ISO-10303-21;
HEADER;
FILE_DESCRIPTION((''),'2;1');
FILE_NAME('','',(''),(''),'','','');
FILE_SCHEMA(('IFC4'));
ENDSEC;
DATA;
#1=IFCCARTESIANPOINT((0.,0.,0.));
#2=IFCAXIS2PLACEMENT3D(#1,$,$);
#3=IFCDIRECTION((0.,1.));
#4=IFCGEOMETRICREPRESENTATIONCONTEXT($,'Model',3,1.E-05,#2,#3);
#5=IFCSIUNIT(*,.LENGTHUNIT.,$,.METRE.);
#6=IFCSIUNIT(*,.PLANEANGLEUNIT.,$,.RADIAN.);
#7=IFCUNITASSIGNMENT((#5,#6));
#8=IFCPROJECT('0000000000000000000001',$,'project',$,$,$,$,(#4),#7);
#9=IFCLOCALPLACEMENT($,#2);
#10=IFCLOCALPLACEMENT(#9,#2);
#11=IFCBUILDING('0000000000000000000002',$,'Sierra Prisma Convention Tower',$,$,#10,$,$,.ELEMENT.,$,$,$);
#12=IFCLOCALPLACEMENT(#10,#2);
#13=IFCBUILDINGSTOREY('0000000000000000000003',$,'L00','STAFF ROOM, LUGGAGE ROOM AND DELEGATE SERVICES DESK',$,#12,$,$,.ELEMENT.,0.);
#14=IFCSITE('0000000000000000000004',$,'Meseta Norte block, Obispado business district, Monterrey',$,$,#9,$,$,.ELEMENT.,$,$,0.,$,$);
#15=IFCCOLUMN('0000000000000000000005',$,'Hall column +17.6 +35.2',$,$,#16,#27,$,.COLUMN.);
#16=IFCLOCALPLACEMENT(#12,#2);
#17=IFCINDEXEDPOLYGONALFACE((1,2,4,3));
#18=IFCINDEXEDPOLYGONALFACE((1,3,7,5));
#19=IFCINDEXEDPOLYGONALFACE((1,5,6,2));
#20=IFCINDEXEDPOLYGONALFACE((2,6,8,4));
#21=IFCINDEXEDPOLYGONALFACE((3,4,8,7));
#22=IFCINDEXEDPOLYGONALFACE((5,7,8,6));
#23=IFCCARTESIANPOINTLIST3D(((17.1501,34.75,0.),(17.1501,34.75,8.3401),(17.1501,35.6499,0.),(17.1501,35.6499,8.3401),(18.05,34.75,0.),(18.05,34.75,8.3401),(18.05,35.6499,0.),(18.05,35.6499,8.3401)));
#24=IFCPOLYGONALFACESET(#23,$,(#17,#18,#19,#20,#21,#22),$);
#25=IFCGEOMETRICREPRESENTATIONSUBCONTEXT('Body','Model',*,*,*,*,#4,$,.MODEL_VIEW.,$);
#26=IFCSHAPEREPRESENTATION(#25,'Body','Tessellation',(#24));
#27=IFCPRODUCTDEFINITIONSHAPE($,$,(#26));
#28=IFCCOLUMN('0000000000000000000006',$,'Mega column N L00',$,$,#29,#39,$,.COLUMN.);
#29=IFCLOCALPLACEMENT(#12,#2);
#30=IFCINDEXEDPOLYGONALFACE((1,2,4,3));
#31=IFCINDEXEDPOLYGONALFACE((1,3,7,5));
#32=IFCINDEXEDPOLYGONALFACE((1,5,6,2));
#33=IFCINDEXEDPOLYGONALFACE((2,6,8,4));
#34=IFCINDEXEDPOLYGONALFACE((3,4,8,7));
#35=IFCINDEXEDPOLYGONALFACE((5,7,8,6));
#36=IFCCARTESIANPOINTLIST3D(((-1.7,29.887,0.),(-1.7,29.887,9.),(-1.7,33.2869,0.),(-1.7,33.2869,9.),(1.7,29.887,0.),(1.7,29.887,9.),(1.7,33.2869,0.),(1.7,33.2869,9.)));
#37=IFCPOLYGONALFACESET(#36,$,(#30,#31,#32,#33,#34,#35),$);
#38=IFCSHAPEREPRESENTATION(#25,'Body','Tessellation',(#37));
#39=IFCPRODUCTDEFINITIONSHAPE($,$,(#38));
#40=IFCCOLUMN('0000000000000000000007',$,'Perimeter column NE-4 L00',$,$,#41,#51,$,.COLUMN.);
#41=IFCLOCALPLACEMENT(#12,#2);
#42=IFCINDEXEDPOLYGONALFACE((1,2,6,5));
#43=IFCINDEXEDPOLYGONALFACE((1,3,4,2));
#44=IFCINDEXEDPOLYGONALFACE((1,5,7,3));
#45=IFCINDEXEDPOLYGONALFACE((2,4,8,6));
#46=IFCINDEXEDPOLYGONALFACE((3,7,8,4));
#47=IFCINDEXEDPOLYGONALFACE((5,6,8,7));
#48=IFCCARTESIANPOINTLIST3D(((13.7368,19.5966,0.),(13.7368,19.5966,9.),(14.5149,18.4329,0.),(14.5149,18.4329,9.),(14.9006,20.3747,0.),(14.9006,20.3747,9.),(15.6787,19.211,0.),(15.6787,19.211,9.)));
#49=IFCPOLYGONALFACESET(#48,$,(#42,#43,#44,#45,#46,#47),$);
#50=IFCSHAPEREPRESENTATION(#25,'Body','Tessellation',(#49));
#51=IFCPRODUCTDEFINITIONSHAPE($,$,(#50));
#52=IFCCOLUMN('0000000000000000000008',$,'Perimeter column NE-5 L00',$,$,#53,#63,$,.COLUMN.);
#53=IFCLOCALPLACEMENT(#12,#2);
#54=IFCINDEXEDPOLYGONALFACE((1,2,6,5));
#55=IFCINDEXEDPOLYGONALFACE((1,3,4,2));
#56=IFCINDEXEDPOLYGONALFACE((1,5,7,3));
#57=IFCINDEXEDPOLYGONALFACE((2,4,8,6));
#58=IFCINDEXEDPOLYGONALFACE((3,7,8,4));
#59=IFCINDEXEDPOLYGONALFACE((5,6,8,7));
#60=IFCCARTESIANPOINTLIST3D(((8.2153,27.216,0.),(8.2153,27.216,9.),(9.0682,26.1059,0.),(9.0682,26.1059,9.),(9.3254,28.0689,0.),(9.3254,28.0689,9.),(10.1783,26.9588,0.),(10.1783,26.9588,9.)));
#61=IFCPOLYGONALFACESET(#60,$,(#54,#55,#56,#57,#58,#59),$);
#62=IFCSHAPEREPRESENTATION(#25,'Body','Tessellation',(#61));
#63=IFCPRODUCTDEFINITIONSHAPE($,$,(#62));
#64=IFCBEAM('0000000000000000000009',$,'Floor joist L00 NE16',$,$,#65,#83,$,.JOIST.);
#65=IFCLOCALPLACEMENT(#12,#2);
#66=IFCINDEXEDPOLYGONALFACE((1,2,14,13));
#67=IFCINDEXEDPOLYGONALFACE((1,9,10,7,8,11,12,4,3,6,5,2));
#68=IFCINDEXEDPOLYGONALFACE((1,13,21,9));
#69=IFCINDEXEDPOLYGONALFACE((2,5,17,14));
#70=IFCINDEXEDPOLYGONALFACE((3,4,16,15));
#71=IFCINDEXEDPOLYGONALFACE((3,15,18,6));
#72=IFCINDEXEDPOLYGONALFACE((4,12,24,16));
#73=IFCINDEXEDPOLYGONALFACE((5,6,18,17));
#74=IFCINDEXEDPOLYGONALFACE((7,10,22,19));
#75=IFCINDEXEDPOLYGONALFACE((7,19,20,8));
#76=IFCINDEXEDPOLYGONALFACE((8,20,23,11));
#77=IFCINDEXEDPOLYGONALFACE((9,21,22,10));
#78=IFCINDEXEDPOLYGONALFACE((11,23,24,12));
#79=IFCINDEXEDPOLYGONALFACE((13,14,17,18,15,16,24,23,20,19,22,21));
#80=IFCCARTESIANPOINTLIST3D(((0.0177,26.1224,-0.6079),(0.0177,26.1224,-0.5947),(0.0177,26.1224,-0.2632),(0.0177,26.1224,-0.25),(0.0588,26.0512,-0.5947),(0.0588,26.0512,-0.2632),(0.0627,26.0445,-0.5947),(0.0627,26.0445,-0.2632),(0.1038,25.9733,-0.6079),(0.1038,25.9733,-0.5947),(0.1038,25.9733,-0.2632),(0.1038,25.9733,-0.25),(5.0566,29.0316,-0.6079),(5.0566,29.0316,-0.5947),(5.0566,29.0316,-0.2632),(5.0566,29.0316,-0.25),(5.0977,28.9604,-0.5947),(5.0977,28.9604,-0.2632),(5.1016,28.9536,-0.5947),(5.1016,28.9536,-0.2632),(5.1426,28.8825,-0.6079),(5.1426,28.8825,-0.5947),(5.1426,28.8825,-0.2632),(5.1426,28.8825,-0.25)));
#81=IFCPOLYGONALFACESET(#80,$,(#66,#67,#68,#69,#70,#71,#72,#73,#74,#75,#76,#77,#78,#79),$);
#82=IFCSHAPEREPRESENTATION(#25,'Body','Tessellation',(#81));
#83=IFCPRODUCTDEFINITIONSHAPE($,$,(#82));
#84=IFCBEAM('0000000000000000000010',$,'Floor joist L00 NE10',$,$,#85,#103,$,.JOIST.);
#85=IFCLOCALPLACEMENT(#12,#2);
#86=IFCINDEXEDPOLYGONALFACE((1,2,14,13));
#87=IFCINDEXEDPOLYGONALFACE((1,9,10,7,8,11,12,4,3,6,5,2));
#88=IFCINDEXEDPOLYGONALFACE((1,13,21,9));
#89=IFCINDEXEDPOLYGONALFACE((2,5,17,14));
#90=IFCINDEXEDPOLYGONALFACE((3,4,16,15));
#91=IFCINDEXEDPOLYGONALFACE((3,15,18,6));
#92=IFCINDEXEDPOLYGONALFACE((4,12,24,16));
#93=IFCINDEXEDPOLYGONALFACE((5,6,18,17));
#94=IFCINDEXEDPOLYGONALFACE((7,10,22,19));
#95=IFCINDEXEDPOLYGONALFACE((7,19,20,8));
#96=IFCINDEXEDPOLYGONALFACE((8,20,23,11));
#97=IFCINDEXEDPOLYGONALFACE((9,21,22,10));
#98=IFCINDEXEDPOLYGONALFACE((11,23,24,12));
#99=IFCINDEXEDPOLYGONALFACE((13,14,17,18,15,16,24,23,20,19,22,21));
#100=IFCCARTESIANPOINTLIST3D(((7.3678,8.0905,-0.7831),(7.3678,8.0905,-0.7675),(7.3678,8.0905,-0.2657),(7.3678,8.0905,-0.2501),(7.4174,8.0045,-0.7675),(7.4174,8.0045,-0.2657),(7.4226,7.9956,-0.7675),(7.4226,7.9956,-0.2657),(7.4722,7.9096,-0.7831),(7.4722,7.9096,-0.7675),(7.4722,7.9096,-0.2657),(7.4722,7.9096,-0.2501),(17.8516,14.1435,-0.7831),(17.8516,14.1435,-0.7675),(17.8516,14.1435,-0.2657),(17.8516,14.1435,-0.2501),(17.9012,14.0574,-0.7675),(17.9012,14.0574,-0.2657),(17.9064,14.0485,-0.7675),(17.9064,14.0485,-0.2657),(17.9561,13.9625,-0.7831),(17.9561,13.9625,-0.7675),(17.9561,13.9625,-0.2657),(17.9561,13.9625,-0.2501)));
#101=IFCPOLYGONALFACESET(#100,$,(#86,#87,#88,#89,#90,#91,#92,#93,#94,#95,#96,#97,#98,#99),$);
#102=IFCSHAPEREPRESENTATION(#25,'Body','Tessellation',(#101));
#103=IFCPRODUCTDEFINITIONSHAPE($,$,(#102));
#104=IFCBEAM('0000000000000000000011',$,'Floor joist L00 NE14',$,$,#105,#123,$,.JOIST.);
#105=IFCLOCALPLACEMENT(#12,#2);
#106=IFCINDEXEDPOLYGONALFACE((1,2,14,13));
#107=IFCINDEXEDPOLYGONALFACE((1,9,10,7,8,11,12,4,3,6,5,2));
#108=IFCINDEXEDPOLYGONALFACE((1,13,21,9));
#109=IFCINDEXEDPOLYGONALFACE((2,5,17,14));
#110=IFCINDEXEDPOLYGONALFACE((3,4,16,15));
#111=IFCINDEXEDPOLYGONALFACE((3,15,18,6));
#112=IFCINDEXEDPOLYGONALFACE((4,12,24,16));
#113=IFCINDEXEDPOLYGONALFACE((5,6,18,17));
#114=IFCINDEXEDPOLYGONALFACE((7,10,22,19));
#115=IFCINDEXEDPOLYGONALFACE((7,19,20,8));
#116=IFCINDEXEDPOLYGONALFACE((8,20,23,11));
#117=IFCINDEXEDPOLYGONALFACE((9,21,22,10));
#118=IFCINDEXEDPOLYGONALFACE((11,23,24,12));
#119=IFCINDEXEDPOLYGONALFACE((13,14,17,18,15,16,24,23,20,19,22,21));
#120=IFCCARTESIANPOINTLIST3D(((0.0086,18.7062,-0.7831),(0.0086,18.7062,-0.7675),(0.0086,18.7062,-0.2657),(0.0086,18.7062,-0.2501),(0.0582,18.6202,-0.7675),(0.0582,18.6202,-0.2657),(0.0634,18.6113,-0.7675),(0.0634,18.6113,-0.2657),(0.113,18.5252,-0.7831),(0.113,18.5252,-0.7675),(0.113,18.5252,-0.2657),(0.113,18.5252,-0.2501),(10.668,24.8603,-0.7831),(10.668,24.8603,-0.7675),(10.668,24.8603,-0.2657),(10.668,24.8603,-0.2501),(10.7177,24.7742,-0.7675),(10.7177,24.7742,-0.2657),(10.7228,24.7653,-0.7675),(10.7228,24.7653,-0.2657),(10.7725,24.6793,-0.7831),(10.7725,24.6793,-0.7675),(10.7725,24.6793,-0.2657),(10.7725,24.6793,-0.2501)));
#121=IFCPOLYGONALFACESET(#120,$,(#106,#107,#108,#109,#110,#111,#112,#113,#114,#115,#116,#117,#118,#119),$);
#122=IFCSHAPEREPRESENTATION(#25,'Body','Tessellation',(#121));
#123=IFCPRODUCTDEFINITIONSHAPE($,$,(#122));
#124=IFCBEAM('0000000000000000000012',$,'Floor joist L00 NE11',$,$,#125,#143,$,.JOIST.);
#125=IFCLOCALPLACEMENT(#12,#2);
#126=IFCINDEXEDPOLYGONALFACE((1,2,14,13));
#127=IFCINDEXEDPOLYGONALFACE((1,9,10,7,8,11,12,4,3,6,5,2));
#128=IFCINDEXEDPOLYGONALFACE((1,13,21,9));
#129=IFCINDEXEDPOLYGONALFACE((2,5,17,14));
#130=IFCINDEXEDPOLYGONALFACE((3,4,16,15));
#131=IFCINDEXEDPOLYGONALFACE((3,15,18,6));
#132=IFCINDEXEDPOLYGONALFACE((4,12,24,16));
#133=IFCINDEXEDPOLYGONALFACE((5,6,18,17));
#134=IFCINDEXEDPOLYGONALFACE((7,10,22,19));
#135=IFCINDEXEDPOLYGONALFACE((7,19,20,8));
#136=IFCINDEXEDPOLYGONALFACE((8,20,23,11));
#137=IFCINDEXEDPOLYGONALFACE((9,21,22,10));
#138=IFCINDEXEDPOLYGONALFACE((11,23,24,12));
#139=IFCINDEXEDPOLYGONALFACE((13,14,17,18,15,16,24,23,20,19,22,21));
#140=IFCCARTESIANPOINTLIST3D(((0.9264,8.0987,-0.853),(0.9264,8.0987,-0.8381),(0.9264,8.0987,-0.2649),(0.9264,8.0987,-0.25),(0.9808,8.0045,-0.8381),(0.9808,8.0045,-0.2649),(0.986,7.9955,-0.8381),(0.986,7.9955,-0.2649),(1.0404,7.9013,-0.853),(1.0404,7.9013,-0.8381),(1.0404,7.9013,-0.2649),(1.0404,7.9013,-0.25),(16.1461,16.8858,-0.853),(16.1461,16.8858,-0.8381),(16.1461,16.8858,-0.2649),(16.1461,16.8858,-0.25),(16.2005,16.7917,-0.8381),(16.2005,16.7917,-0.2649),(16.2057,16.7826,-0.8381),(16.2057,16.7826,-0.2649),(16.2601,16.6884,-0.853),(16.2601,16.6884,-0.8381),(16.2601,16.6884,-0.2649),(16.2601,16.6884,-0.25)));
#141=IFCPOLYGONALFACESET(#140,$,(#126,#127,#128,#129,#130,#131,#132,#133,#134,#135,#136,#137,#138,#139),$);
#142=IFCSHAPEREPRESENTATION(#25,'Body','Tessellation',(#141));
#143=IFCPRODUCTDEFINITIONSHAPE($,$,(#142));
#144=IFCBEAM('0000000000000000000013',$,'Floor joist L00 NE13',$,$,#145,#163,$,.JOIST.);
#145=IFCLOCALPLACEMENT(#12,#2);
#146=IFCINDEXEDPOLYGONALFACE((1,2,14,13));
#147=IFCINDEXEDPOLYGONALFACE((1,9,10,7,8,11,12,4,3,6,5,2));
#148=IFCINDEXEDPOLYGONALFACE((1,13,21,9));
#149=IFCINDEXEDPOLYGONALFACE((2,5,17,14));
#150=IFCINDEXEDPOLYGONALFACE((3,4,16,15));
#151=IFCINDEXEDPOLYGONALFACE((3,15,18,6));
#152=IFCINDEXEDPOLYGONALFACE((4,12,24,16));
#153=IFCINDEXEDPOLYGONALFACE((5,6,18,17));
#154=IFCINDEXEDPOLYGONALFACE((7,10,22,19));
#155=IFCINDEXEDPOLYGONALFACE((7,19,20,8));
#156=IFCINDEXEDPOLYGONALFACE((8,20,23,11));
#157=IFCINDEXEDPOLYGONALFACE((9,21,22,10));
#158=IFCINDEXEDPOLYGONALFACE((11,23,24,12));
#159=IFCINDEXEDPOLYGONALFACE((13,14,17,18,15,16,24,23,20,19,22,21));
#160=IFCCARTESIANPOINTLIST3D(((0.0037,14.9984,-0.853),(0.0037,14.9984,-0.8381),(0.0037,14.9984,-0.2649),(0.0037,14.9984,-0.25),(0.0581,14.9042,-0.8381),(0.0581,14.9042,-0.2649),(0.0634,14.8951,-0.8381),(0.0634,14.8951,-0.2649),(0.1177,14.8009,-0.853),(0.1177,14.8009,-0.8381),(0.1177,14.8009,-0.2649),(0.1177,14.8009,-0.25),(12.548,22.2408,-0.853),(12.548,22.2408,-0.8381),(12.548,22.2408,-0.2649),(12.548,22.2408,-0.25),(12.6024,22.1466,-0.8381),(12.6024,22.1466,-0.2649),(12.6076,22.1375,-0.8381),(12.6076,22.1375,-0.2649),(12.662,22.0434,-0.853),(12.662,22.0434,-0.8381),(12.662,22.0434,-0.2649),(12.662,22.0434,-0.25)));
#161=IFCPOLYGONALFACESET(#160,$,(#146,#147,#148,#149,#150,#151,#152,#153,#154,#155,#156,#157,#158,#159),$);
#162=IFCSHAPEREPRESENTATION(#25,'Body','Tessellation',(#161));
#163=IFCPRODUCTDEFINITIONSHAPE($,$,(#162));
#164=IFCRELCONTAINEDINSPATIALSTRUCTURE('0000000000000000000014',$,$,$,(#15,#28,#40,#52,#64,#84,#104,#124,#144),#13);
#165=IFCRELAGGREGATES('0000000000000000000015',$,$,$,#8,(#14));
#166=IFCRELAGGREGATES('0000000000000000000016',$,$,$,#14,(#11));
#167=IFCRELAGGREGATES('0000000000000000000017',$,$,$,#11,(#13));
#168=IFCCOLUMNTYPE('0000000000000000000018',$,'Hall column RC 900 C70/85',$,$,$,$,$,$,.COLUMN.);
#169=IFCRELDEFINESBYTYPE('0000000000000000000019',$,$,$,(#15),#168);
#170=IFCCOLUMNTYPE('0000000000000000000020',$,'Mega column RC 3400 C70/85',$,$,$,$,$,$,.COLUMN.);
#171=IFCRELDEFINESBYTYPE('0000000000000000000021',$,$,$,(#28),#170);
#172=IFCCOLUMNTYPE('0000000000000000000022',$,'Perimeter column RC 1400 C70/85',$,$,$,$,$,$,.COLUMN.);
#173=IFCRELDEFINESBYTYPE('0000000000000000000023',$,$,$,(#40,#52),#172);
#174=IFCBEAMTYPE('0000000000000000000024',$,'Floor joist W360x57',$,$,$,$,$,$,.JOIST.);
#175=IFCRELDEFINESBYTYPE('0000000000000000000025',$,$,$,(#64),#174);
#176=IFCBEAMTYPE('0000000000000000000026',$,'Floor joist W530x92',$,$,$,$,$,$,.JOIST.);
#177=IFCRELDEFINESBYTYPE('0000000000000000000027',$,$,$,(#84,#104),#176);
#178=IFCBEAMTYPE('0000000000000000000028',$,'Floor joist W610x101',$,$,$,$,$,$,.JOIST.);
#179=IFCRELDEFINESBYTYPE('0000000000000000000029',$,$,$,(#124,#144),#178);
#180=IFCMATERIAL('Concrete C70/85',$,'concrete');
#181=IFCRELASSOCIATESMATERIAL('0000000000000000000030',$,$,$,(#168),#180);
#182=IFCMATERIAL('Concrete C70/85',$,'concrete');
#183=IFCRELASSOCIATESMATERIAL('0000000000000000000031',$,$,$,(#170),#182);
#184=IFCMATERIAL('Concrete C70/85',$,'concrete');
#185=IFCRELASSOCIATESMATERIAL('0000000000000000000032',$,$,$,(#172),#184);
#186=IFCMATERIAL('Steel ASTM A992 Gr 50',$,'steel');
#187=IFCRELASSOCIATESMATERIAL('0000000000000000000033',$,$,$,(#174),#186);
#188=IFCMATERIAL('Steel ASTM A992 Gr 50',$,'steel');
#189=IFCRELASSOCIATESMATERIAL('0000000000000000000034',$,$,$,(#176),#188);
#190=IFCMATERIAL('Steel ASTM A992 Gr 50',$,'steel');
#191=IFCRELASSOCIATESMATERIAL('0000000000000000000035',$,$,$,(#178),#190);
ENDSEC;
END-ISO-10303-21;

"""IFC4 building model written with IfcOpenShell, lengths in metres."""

from ifc_helpers import new_model, si_unit, direction, frame, origin, origin_2d, place, context, subcontext, project, spatial, rectangle, i_section, extrude, material, material_profile, profile_set, type_object, element, save


model = new_model("IFC4")

# Units and contexts
model_context = context("Model", 3, precision=1e-05, world=origin(), true_north=direction((0.0, 1.0)))
body_context = subcontext(model_context, "Body", "Model", "MODEL_VIEW")
ifc_project = project(units=[si_unit("LENGTHUNIT", "METRE"), si_unit("PLANEANGLEUNIT", "RADIAN")], contexts=[model_context])

# Site, building, storey
site_placement = place(None, origin())
site = spatial("IfcSite", under=ifc_project, at=site_placement, Name="Meseta Norte block, Obispado business district, Monterrey", CompositionType="ELEMENT", RefElevation=0.0)
building_placement = place(site_placement, origin())
building = spatial("IfcBuilding", under=site, at=building_placement, Name="Sierra Prisma Convention Tower", CompositionType="ELEMENT")
storey_placement = place(building_placement, origin())
storey = spatial("IfcBuildingStorey", under=building, at=storey_placement, Name="L00", Description="STAFF ROOM, LUGGAGE ROOM AND DELEGATE SERVICES DESK", CompositionType="ELEMENT", Elevation=0.0)

# Columns
ifc_material_1 = material(Name="Concrete C70/85", Category="concrete")
ifc_material_profile_1 = material_profile(ifc_material_1, rectangle(XDim=0.8999, YDim=0.8999, at=origin_2d()), Name="Hall column RC 900 C70/85")
ifc_profile_set_1 = profile_set([ifc_material_profile_1], Name="Concrete C70/85")
column_type_1 = type_object("IfcColumnType", Name="Hall column RC 900 C70/85", PredefinedType="COLUMN", material=ifc_profile_set_1)
column_1_placement = place(storey_placement, frame((17.6001, 35.2, 0.0), z_axis=(0.0, 0.0, 1.0), x_axis=(1.0, 0.0, 0.0)))
element("IfcColumn", 1, at=column_1_placement, inside=storey, type_object=column_type_1, Name="Hall column +17.6 +35.2", PredefinedType="COLUMN", context=body_context, shape_type="SweptSolid", body=[
    extrude(rectangle(XDim=0.8999, YDim=0.8999, at=origin_2d()), origin(), (0.0, 0.0, 1.0), 8.3401),
])
ifc_material_2 = material(Name="Concrete C70/85", Category="concrete")
ifc_material_profile_2 = material_profile(ifc_material_2, rectangle(XDim=3.3999, YDim=3.3999, at=origin_2d()), Name="Mega column RC 3400 C70/85")
ifc_profile_set_2 = profile_set([ifc_material_profile_2], Name="Concrete C70/85")
column_type_2 = type_object("IfcColumnType", Name="Mega column RC 3400 C70/85", PredefinedType="COLUMN", material=ifc_profile_set_2)
column_2_placement = place(storey_placement, frame((0.0, 31.5869, 0.0), z_axis=(0.0, 0.0, 1.0), x_axis=(1.0, 0.0, 0.0)))
element("IfcColumn", 2, at=column_2_placement, inside=storey, type_object=column_type_2, Name="Mega column N L00", PredefinedType="COLUMN", context=body_context, shape_type="SweptSolid", body=[
    extrude(rectangle(XDim=3.3999, YDim=3.3999, at=origin_2d()), origin(), (0.0, 0.0, 1.0), 9.0),
])
ifc_material_3 = material(Name="Concrete C70/85", Category="concrete")
ifc_material_profile_3 = material_profile(ifc_material_3, rectangle(XDim=1.3999, YDim=1.3999, at=origin_2d()), Name="Perimeter column RC 1400 C70/85")
ifc_profile_set_3 = profile_set([ifc_material_profile_3], Name="Concrete C70/85")
column_type_3 = type_object("IfcColumnType", Name="Perimeter column RC 1400 C70/85", PredefinedType="COLUMN", material=ifc_profile_set_3)
for number, where, z_axis, x_axis, name in (
    (3, (14.7078, 19.4038, 0.0), (0.0, 0.0, 1.0), (-0.555817, 0.831305, 0.0), "Perimeter column NE-4 L00"),
    (4, (9.1968, 27.0874, 0.0), (0.0, 0.0, 1.0), (-0.609232, 0.792992, 0.0), "Perimeter column NE-5 L00"),
):
    element("IfcColumn", number, at=place(storey_placement, frame(where, z_axis=z_axis, x_axis=x_axis)), inside=storey, type_object=column_type_3, Name=name, PredefinedType="COLUMN", context=body_context, shape_type="SweptSolid", body=[
        extrude(rectangle(XDim=1.3999, YDim=1.3999, at=origin_2d()), origin(), (0.0, 0.0, 1.0), 9.0),
    ])

# Beams
ifc_material_4 = material(Name="Steel ASTM A992 Gr 50", Category="steel")
ifc_material_profile_4 = material_profile(ifc_material_4, i_section(OverallWidth=0.1721, OverallDepth=0.3579, WebThickness=0.0078, FlangeThickness=0.0132, at=origin_2d()), Name="W360x57")
ifc_profile_set_4 = profile_set([ifc_material_profile_4], Name="Steel ASTM A992 Gr 50")
beam_type_1 = type_object("IfcBeamType", Name="Floor joist W360x57", PredefinedType="JOIST", material=ifc_profile_set_4)
beam_1_placement = place(storey_placement, frame((5.0996, 28.957, -0.429), z_axis=(-0.866024, -0.500002, 0.0), x_axis=(0.500002, -0.866024, 0.0)))
element("IfcBeam", 5, at=beam_1_placement, inside=storey, type_object=beam_type_1, Name="Floor joist L00 NE16", PredefinedType="JOIST", context=body_context, shape_type="SweptSolid", body=[
    extrude(i_section(OverallWidth=0.1721, OverallDepth=0.3579, WebThickness=0.0078, FlangeThickness=0.0132, at=origin_2d()), origin(), (0.0, 0.0, 1.0), 5.8184),
])
ifc_material_5 = material(Name="Steel ASTM A992 Gr 50", Category="steel")
ifc_material_profile_5 = material_profile(ifc_material_5, i_section(OverallWidth=0.209, OverallDepth=0.533, WebThickness=0.0103, FlangeThickness=0.0156, at=origin_2d()), Name="W530x92")
ifc_profile_set_5 = profile_set([ifc_material_profile_5], Name="Steel ASTM A992 Gr 50")
beam_type_2 = type_object("IfcBeamType", Name="Floor joist W530x92", PredefinedType="JOIST", material=ifc_profile_set_5)
beam_2_placement = place(storey_placement, frame((17.9038, 14.053, -0.5166), z_axis=(-0.866022, -0.500006, 0.0), x_axis=(0.500006, -0.866022, 0.0)))
element("IfcBeam", 6, at=beam_2_placement, inside=storey, type_object=beam_type_2, Name="Floor joist L00 NE10", PredefinedType="JOIST", context=body_context, shape_type="SweptSolid", body=[
    extrude(i_section(OverallWidth=0.209, OverallDepth=0.533, WebThickness=0.0103, FlangeThickness=0.0156, at=origin_2d()), origin(), (0.0, 0.0, 1.0), 12.1057),
])
beam_3_placement = place(storey_placement, frame((10.7202, 24.7698, -0.5166), z_axis=(-0.866031, -0.49999, 0.0), x_axis=(0.49999, -0.866031, 0.0)))
element("IfcBeam", 7, at=beam_3_placement, inside=storey, type_object=beam_type_2, Name="Floor joist L00 NE14", PredefinedType="JOIST", context=body_context, shape_type="SweptSolid", body=[
    extrude(i_section(OverallWidth=0.209, OverallDepth=0.533, WebThickness=0.0103, FlangeThickness=0.0156, at=origin_2d()), origin(), (0.0, 0.0, 1.0), 12.3083),
])
ifc_material_6 = material(Name="Steel ASTM A992 Gr 50", Category="steel")
ifc_material_profile_6 = material_profile(ifc_material_6, i_section(OverallWidth=0.228, OverallDepth=0.603, WebThickness=0.0105, FlangeThickness=0.0149, at=origin_2d()), Name="W610x101")
ifc_profile_set_6 = profile_set([ifc_material_profile_6], Name="Steel ASTM A992 Gr 50")
beam_type_3 = type_object("IfcBeamType", Name="Floor joist W610x101", PredefinedType="JOIST", material=ifc_profile_set_6)
beam_4_placement = place(storey_placement, frame((16.2031, 16.7871, -0.5515), z_axis=(-0.866025, -0.5, 0.0), x_axis=(0.5, -0.866025, 0.0)))
element("IfcBeam", 8, at=beam_4_placement, inside=storey, type_object=beam_type_3, Name="Floor joist L00 NE11", PredefinedType="JOIST", context=body_context, shape_type="SweptSolid", body=[
    extrude(i_section(OverallWidth=0.228, OverallDepth=0.603, WebThickness=0.0105, FlangeThickness=0.0149, at=origin_2d()), origin(), (0.0, 0.0, 1.0), 17.5742),
])
beam_5_placement = place(storey_placement, frame((12.605, 22.1421, -0.5515), z_axis=(-0.866024, -0.500002, 0.0), x_axis=(0.500002, -0.866024, 0.0)))
element("IfcBeam", 9, at=beam_5_placement, inside=storey, type_object=beam_type_3, Name="Floor joist L00 NE13", PredefinedType="JOIST", context=body_context, shape_type="SweptSolid", body=[
    extrude(i_section(OverallWidth=0.228, OverallDepth=0.603, WebThickness=0.0105, FlangeThickness=0.0149, at=origin_2d()), origin(), (0.0, 0.0, 1.0), 14.4849),
])

save(model, "model.ifc")
